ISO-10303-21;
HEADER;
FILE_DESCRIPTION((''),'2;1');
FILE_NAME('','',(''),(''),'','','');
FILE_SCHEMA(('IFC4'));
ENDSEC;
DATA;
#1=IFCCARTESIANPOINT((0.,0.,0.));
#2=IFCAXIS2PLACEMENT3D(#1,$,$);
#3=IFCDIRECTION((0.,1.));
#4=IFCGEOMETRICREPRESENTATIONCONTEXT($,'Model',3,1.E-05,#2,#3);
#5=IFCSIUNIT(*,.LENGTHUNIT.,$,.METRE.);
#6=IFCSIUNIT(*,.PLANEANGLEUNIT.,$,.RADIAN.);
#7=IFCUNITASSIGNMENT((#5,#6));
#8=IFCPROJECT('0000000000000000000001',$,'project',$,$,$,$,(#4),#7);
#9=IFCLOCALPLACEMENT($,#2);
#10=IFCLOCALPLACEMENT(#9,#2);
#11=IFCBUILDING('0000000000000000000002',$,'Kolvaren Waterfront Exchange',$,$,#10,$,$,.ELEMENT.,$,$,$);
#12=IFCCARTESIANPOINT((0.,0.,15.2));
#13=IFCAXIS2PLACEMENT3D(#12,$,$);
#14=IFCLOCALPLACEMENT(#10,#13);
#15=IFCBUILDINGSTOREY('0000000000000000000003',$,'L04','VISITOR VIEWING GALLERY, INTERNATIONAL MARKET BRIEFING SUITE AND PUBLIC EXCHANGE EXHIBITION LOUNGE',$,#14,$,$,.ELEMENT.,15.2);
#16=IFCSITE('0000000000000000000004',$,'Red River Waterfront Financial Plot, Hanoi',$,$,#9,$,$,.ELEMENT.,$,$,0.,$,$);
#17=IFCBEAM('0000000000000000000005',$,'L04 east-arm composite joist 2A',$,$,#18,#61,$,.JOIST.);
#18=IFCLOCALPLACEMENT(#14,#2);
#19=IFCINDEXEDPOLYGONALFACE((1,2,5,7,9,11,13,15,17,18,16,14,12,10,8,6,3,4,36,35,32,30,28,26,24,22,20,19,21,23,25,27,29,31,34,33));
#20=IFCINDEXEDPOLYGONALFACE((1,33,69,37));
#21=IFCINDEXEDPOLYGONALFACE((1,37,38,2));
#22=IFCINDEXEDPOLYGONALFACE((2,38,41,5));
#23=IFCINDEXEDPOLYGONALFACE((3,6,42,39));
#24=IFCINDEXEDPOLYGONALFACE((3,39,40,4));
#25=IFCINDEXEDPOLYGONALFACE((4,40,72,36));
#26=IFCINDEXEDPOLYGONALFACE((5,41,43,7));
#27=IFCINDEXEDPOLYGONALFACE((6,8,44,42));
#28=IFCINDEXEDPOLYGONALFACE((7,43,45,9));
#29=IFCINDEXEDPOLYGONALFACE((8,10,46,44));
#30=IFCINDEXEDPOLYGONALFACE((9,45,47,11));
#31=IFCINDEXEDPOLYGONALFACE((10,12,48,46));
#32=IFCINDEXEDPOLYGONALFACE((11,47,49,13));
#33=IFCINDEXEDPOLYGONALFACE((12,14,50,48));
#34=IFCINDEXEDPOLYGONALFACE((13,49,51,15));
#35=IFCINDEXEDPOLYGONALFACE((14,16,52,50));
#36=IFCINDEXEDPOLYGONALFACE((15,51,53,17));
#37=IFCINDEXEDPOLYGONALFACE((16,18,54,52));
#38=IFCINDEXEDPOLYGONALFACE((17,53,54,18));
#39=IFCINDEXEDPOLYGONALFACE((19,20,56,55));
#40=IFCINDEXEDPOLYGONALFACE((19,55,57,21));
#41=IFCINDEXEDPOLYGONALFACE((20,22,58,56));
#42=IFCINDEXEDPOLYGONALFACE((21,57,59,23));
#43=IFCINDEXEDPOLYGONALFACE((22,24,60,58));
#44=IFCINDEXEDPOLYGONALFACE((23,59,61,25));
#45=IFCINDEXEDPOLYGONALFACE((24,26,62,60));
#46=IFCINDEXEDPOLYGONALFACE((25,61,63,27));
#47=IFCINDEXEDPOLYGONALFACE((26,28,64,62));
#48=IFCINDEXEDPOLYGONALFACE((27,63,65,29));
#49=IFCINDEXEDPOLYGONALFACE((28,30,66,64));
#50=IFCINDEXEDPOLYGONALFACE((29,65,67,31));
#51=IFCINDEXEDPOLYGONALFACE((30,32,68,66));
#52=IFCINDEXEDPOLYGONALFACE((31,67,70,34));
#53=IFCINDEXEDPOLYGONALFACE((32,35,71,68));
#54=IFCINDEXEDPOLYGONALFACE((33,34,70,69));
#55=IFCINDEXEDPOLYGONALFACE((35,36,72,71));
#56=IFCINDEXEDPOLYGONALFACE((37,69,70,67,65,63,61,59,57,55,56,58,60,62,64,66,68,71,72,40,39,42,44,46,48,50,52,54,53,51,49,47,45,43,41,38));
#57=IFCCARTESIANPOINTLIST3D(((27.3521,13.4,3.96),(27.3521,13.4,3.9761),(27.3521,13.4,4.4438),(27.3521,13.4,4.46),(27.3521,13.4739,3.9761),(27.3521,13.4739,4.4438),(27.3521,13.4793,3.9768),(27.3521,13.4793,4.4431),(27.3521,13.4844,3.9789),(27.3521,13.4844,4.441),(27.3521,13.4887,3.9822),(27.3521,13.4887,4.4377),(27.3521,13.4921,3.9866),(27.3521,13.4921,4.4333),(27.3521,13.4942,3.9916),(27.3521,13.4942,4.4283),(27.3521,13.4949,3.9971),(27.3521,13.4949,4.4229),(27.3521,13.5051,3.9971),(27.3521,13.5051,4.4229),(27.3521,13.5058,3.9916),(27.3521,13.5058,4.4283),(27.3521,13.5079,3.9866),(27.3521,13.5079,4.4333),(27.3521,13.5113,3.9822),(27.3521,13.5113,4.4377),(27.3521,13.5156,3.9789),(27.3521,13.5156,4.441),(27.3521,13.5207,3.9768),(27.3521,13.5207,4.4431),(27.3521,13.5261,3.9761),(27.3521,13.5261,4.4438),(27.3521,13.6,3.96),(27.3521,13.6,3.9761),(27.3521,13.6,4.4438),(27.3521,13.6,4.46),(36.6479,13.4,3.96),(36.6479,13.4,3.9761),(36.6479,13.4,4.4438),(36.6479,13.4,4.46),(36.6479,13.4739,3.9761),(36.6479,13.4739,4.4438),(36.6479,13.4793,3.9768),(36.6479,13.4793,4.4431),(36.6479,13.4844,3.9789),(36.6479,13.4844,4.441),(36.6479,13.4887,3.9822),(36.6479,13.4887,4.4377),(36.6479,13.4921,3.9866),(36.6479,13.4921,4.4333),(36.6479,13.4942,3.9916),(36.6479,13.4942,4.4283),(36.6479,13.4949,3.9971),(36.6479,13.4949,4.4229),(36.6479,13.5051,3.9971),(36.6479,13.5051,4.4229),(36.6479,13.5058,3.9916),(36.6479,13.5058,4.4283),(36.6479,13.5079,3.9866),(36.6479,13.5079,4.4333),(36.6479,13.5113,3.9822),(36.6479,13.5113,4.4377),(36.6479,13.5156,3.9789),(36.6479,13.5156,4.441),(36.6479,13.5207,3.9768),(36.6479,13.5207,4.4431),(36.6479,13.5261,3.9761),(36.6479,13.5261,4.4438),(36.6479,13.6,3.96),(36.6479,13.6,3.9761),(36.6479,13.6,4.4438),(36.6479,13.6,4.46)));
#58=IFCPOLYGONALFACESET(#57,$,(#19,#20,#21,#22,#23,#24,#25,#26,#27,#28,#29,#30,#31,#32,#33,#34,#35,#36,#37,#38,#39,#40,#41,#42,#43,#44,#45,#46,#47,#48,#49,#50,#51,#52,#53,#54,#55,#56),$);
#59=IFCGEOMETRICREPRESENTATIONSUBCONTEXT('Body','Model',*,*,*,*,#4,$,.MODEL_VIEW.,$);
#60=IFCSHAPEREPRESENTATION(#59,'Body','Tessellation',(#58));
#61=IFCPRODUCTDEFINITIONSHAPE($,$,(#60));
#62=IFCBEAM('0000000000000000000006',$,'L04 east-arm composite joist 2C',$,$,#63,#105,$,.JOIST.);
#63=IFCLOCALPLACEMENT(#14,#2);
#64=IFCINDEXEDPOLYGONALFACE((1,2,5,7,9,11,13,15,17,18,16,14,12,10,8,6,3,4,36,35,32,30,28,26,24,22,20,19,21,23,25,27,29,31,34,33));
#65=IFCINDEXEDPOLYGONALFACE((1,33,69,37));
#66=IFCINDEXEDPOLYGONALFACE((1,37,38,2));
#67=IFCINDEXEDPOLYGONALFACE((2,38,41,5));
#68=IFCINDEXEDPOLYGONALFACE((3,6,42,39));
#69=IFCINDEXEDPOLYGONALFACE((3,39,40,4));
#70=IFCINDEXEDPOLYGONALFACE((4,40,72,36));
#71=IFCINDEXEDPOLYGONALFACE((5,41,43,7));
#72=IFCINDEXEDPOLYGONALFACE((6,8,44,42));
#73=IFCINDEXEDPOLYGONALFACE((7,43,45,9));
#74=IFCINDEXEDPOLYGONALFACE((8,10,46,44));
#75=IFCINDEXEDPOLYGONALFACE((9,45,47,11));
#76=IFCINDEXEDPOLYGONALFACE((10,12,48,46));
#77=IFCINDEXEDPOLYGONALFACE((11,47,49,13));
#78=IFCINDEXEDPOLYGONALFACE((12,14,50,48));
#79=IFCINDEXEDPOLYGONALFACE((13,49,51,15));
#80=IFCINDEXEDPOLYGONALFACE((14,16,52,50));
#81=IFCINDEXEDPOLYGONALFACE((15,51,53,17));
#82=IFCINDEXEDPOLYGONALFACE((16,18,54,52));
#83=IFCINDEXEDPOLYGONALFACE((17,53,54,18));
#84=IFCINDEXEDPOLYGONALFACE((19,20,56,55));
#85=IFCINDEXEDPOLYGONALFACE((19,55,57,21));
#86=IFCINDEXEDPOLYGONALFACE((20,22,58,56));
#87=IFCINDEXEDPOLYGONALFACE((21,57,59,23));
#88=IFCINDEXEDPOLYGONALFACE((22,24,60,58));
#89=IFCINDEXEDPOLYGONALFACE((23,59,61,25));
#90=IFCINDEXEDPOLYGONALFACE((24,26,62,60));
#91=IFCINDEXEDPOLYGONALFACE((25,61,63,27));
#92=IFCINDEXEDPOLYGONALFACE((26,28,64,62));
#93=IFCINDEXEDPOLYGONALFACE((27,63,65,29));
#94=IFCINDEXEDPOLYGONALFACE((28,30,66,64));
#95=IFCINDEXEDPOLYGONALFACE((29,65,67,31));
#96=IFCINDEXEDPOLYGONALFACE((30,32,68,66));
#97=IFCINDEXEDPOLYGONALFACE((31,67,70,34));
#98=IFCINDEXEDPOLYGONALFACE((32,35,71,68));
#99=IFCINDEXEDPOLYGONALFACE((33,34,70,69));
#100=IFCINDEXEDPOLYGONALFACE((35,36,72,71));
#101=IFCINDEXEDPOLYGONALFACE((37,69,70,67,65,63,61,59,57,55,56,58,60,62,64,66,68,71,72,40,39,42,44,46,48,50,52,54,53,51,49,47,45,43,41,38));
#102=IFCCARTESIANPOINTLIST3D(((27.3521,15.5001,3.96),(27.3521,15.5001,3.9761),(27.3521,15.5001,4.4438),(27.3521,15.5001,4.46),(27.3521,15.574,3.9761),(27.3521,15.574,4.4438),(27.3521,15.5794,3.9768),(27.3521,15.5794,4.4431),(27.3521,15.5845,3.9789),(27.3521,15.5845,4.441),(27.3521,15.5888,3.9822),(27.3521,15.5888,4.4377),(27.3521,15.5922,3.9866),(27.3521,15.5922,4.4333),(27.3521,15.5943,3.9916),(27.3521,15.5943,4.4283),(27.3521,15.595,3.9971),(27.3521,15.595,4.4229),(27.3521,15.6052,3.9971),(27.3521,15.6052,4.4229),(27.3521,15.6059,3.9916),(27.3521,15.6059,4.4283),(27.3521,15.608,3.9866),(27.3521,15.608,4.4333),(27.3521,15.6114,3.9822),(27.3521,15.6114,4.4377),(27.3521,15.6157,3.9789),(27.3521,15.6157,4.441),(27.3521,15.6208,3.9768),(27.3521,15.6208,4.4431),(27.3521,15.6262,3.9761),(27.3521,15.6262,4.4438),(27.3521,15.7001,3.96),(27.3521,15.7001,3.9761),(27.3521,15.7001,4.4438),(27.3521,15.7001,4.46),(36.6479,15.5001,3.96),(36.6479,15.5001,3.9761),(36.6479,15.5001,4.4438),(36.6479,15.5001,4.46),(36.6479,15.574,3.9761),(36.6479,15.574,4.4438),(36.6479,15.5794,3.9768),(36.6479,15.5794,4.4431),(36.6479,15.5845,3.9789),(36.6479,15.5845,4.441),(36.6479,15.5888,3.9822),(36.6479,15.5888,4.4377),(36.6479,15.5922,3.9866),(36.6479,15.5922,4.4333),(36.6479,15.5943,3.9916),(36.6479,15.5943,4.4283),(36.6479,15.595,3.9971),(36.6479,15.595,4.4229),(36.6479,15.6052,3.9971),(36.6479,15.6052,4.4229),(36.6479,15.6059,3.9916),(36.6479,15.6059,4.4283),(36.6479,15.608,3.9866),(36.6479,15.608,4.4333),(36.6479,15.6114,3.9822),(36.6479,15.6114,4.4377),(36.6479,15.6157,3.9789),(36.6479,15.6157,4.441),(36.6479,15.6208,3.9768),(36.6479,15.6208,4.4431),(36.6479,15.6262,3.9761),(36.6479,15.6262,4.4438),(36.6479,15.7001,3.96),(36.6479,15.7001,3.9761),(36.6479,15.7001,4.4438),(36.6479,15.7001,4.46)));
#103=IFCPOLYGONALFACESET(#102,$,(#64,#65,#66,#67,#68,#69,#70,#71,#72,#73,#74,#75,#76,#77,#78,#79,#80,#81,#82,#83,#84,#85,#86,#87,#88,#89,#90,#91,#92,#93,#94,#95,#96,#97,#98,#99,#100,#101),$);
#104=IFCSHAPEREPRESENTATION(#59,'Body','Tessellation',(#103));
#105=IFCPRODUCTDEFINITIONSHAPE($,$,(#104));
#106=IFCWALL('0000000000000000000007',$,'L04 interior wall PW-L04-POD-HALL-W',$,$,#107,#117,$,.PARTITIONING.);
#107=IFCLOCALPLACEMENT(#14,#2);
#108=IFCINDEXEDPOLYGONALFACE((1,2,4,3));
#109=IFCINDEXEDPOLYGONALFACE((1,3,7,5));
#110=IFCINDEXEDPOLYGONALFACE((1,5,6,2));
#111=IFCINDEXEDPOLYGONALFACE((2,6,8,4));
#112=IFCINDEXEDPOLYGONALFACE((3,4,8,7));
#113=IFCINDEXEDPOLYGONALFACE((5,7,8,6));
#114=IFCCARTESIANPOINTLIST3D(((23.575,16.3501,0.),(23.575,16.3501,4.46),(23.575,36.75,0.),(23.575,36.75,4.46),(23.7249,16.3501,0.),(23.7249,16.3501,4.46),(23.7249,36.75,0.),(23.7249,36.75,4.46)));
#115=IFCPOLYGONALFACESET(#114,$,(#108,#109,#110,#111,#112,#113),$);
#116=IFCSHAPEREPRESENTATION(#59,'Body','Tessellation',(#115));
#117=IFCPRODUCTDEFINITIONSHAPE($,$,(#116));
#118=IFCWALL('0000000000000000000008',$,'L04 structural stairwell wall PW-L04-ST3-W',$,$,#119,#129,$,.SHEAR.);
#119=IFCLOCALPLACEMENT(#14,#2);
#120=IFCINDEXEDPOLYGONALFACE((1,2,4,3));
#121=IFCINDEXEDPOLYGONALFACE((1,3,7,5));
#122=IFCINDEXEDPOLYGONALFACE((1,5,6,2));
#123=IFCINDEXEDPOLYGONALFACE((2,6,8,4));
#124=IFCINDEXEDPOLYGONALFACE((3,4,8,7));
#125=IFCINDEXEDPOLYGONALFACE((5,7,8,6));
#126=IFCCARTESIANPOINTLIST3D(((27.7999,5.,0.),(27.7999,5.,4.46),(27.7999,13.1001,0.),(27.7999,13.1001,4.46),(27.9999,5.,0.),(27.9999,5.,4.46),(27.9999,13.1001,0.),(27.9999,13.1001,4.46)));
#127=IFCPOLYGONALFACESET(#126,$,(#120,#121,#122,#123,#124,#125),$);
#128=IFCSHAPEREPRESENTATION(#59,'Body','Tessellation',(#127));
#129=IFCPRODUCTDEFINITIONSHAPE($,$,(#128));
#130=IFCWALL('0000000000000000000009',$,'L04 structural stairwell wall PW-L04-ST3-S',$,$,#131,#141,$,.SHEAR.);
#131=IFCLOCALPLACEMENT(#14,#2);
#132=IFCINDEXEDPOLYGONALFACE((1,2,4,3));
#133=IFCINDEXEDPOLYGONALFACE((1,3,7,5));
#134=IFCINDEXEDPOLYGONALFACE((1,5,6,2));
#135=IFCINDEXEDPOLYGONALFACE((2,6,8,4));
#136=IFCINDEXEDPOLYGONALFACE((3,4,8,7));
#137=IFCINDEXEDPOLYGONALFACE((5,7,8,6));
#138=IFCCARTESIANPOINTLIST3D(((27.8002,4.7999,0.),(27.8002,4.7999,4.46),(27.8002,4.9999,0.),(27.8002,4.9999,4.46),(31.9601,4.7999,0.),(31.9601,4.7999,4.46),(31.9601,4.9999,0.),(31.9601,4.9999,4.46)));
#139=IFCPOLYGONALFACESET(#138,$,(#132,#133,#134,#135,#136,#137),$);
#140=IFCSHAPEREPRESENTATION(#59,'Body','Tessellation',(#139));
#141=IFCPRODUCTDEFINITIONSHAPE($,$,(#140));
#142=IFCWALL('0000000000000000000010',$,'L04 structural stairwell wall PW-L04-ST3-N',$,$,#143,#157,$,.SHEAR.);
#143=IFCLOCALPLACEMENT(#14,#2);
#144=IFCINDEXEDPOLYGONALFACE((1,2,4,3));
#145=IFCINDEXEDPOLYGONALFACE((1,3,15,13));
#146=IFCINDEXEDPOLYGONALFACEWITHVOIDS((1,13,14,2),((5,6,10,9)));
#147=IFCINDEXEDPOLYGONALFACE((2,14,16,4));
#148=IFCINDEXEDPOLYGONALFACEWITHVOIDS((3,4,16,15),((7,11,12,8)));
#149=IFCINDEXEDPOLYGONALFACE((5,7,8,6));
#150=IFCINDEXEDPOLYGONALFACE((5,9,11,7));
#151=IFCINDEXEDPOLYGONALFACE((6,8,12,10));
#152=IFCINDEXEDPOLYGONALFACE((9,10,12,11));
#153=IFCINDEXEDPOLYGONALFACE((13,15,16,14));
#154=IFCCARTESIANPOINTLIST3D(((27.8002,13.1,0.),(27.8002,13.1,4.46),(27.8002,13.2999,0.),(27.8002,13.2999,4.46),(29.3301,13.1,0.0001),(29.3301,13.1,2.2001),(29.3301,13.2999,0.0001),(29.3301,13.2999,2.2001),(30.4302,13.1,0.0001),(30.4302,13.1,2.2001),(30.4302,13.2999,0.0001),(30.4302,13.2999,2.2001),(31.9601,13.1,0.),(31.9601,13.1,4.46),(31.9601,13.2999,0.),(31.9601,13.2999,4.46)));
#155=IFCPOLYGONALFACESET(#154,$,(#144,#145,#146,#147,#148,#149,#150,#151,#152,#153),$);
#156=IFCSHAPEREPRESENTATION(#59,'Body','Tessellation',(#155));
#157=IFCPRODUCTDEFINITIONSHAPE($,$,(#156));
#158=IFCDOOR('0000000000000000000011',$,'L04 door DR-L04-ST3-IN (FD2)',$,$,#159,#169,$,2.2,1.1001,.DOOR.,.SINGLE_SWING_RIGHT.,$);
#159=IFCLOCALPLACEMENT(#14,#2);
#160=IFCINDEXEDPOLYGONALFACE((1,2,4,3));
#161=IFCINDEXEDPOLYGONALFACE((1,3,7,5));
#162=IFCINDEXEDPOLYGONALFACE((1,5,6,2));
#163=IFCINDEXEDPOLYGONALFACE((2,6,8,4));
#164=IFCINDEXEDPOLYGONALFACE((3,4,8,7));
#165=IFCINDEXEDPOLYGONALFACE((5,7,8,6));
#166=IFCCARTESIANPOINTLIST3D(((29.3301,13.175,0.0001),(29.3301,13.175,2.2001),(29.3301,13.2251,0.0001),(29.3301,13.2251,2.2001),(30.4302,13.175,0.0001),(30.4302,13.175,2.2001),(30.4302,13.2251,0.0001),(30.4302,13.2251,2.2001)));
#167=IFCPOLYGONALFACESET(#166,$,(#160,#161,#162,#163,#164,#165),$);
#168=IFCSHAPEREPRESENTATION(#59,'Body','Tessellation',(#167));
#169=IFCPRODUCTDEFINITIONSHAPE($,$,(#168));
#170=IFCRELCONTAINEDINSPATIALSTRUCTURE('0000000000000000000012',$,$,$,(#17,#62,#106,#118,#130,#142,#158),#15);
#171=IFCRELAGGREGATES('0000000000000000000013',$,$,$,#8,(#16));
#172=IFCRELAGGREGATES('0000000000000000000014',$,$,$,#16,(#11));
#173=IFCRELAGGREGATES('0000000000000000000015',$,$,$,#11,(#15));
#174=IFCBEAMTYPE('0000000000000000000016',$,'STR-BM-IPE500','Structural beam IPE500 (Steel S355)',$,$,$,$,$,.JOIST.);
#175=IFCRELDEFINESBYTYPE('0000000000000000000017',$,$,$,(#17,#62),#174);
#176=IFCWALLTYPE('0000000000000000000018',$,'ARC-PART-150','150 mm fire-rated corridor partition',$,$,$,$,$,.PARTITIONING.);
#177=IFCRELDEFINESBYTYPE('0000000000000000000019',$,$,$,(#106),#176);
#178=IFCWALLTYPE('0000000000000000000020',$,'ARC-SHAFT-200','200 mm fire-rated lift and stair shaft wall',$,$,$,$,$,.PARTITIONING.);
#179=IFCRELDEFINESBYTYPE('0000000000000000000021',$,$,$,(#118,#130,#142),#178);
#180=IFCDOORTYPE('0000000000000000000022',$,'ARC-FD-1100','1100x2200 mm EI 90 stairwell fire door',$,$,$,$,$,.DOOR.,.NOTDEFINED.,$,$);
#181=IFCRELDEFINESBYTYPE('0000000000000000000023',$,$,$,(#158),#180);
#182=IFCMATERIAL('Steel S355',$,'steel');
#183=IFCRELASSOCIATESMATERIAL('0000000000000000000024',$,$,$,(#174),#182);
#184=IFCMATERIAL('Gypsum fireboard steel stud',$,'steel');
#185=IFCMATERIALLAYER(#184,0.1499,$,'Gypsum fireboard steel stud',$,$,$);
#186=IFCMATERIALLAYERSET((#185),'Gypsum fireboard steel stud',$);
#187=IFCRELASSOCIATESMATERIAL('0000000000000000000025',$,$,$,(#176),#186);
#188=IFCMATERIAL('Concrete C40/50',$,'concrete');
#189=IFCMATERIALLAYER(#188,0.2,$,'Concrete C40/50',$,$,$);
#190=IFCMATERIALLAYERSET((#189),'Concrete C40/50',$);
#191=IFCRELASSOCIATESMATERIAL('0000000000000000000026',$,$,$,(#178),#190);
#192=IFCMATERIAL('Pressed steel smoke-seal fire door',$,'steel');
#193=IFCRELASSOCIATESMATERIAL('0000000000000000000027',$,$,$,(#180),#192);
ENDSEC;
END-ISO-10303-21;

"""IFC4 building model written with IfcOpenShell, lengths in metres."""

from ifc_helpers import new_model, si_unit, direction, frame, frame_2d, origin, origin_2d, place, context, subcontext, project, spatial, rectangle, i_section, extrude, material, layer, layer_set, material_profile, profile_set, type_object, element, fill, save


model = new_model("IFC4")

# Units and contexts
model_context = context("Model", 3, precision=1e-05, world=origin(), true_north=direction((0.0, 1.0)))
body_context = subcontext(model_context, "Body", "Model", "MODEL_VIEW")
ifc_project = project(units=[si_unit("LENGTHUNIT", "METRE"), si_unit("PLANEANGLEUNIT", "RADIAN")], contexts=[model_context])

# Site, building, storey
site_placement = place(None, origin())
site = spatial("IfcSite", under=ifc_project, at=site_placement, Name="Red River Waterfront Financial Plot, Hanoi", CompositionType="ELEMENT", RefElevation=0.0)
building_placement = place(site_placement, origin())
building = spatial("IfcBuilding", under=site, at=building_placement, Name="Kolvaren Waterfront Exchange", CompositionType="ELEMENT")
storey_placement = place(building_placement, frame((0.0, 0.0, 15.2)))
storey = spatial("IfcBuildingStorey", under=building, at=storey_placement, Name="L04", Description="VISITOR VIEWING GALLERY, INTERNATIONAL MARKET BRIEFING SUITE AND PUBLIC EXCHANGE EXHIBITION LOUNGE", CompositionType="ELEMENT", Elevation=15.2)

# Beams
ifc_material_1 = material(Name="Steel S355", Category="steel")
ifc_material_profile_1 = material_profile(ifc_material_1, i_section(OverallWidth=0.2, OverallDepth=0.5, WebThickness=0.0103, FlangeThickness=0.0161, FilletRadius=0.021, at=origin_2d()), Name="IPE500")
ifc_profile_set_1 = profile_set([ifc_material_profile_1], Name="Steel S355")
beam_type_1 = type_object("IfcBeamType", Name="STR-BM-IPE500", Description="Structural beam IPE500 (Steel S355)", PredefinedType="JOIST", material=ifc_profile_set_1)
for number, where, z_axis, x_axis, name in (
    (1, (27.3521, 13.5, 4.21), (1.0, 0.0, 0.0), (0.0, 1.0, 0.0), "L04 east-arm composite joist 2A"),
    (2, (27.3521, 15.6001, 4.21), (1.0, 0.0, 0.0), (0.0, 1.0, 0.0), "L04 east-arm composite joist 2C"),
):
    element("IfcBeam", number, at=place(storey_placement, frame(where, z_axis=z_axis, x_axis=x_axis)), inside=storey, type_object=beam_type_1, Name=name, PredefinedType="JOIST", context=body_context, shape_type="SweptSolid", body=[
        extrude(i_section(OverallWidth=0.2, OverallDepth=0.5, WebThickness=0.0103, FlangeThickness=0.0161, FilletRadius=0.021, at=origin_2d()), origin(), (0.0, 0.0, 1.0), 9.2959),
    ])

# Walls
ifc_material_2 = material(Name="Gypsum fireboard steel stud", Category="steel")
ifc_layer_1 = layer(ifc_material_2, 0.1499, Name="Gypsum fireboard steel stud")
ifc_layer_set_1 = layer_set([ifc_layer_1], Name="Gypsum fireboard steel stud")
wall_type_1 = type_object("IfcWallType", Name="ARC-PART-150", Description="150 mm fire-rated corridor partition", PredefinedType="PARTITIONING", material=ifc_layer_set_1)
wall_1_placement = place(storey_placement, frame((23.6499, 16.3501, 0.0), z_axis=(0.0, 0.0, 1.0), x_axis=(0.0, 1.0, 0.0)))
element("IfcWall", 3, at=wall_1_placement, inside=storey, type_object=wall_type_1, Name="L04 interior wall PW-L04-POD-HALL-W", PredefinedType="PARTITIONING", context=body_context, shape_type="SweptSolid", body=[
    extrude(rectangle(XDim=20.3999, YDim=0.1499, at=frame_2d((10.2, 0.0))), origin(), (0.0, 0.0, 1.0), 4.46),
])
ifc_material_3 = material(Name="Concrete C40/50", Category="concrete")
ifc_layer_2 = layer(ifc_material_3, 0.2, Name="Concrete C40/50")
ifc_layer_set_2 = layer_set([ifc_layer_2], Name="Concrete C40/50")
wall_type_2 = type_object("IfcWallType", Name="ARC-SHAFT-200", Description="200 mm fire-rated lift and stair shaft wall", PredefinedType="PARTITIONING", material=ifc_layer_set_2)
wall_2_placement = place(storey_placement, frame((27.8999, 5.0, 0.0), z_axis=(0.0, 0.0, 1.0), x_axis=(0.0, 1.0, 0.0)))
element("IfcWall", 4, at=wall_2_placement, inside=storey, type_object=wall_type_2, Name="L04 structural stairwell wall PW-L04-ST3-W", PredefinedType="SHEAR", context=body_context, shape_type="SweptSolid", body=[
    extrude(rectangle(XDim=8.1001, YDim=0.2, at=frame_2d((4.05, 0.0))), origin(), (0.0, 0.0, 1.0), 4.46),
])
wall_3_placement = place(storey_placement, frame((27.8, 4.8999, 0.0), z_axis=(0.0, 0.0, 1.0), x_axis=(1.0, 0.0, 0.0)))
element("IfcWall", 5, at=wall_3_placement, inside=storey, type_object=wall_type_2, Name="L04 structural stairwell wall PW-L04-ST3-S", PredefinedType="SHEAR", context=body_context, shape_type="SweptSolid", body=[
    extrude(rectangle(XDim=4.1599, YDim=0.2, at=frame_2d((2.0801, 0.0))), origin(), (0.0, 0.0, 1.0), 4.46),
])

# Wall, opening, door
wall_4_placement = place(storey_placement, frame((27.8, 13.2, 0.0), z_axis=(0.0, 0.0, 1.0), x_axis=(1.0, 0.0, 0.0)))
wall_4 = element("IfcWall", 6, at=wall_4_placement, inside=storey, type_object=wall_type_2, Name="L04 structural stairwell wall PW-L04-ST3-N", PredefinedType="SHEAR", context=body_context, shape_type="SweptSolid", body=[
    extrude(rectangle(XDim=4.1599, YDim=0.2, at=frame_2d((2.0801, 0.0))), origin(), (0.0, 0.0, 1.0), 4.46),
])
opening_placement = place(wall_4_placement, frame((1.53, 0.0, 0.0)))
opening = element("IfcOpeningElement", 7, at=opening_placement, cuts=wall_4, PredefinedType="OPENING", context=body_context, shape_type="SweptSolid", body=[
    extrude(rectangle(XDim=1.1001, YDim=2.2, at=frame_2d((0.55, 1.1001))), frame((0.0, 0.1099, 0.0), z_axis=(0.0, -1.0, 0.0), x_axis=(1.0, 0.0, 0.0)), (0.0, 0.0, 1.0), 0.22),
])
ifc_material_4 = material(Name="Pressed steel smoke-seal fire door", Category="steel")
door_type = type_object("IfcDoorType", Name="ARC-FD-1100", Description="1100x2200 mm EI 90 stairwell fire door", OperationType="NOTDEFINED", PredefinedType="DOOR", material=ifc_material_4)
door_placement = place(opening_placement, frame((1.1001, 0.0, 0.0), z_axis=(0.0, 0.0, 1.0), x_axis=(-1.0, 0.0, 0.0)))
door = element("IfcDoor", 8, at=door_placement, inside=storey, type_object=door_type, Name="L04 door DR-L04-ST3-IN (FD2)", OperationType="SINGLE_SWING_RIGHT", OverallHeight=2.2, OverallWidth=1.1001, PredefinedType="DOOR", context=body_context, shape_type="SweptSolid", body=[
    extrude(rectangle(XDim=1.1001, YDim=2.2, at=frame_2d((0.55, 1.1001))), frame((0.0, 0.0249, 0.0), z_axis=(0.0, -1.0, 0.0), x_axis=(1.0, 0.0, 0.0)), (0.0, 0.0, 1.0), 0.05),
])
fill(opening, door)

save(model, "model.ifc")
